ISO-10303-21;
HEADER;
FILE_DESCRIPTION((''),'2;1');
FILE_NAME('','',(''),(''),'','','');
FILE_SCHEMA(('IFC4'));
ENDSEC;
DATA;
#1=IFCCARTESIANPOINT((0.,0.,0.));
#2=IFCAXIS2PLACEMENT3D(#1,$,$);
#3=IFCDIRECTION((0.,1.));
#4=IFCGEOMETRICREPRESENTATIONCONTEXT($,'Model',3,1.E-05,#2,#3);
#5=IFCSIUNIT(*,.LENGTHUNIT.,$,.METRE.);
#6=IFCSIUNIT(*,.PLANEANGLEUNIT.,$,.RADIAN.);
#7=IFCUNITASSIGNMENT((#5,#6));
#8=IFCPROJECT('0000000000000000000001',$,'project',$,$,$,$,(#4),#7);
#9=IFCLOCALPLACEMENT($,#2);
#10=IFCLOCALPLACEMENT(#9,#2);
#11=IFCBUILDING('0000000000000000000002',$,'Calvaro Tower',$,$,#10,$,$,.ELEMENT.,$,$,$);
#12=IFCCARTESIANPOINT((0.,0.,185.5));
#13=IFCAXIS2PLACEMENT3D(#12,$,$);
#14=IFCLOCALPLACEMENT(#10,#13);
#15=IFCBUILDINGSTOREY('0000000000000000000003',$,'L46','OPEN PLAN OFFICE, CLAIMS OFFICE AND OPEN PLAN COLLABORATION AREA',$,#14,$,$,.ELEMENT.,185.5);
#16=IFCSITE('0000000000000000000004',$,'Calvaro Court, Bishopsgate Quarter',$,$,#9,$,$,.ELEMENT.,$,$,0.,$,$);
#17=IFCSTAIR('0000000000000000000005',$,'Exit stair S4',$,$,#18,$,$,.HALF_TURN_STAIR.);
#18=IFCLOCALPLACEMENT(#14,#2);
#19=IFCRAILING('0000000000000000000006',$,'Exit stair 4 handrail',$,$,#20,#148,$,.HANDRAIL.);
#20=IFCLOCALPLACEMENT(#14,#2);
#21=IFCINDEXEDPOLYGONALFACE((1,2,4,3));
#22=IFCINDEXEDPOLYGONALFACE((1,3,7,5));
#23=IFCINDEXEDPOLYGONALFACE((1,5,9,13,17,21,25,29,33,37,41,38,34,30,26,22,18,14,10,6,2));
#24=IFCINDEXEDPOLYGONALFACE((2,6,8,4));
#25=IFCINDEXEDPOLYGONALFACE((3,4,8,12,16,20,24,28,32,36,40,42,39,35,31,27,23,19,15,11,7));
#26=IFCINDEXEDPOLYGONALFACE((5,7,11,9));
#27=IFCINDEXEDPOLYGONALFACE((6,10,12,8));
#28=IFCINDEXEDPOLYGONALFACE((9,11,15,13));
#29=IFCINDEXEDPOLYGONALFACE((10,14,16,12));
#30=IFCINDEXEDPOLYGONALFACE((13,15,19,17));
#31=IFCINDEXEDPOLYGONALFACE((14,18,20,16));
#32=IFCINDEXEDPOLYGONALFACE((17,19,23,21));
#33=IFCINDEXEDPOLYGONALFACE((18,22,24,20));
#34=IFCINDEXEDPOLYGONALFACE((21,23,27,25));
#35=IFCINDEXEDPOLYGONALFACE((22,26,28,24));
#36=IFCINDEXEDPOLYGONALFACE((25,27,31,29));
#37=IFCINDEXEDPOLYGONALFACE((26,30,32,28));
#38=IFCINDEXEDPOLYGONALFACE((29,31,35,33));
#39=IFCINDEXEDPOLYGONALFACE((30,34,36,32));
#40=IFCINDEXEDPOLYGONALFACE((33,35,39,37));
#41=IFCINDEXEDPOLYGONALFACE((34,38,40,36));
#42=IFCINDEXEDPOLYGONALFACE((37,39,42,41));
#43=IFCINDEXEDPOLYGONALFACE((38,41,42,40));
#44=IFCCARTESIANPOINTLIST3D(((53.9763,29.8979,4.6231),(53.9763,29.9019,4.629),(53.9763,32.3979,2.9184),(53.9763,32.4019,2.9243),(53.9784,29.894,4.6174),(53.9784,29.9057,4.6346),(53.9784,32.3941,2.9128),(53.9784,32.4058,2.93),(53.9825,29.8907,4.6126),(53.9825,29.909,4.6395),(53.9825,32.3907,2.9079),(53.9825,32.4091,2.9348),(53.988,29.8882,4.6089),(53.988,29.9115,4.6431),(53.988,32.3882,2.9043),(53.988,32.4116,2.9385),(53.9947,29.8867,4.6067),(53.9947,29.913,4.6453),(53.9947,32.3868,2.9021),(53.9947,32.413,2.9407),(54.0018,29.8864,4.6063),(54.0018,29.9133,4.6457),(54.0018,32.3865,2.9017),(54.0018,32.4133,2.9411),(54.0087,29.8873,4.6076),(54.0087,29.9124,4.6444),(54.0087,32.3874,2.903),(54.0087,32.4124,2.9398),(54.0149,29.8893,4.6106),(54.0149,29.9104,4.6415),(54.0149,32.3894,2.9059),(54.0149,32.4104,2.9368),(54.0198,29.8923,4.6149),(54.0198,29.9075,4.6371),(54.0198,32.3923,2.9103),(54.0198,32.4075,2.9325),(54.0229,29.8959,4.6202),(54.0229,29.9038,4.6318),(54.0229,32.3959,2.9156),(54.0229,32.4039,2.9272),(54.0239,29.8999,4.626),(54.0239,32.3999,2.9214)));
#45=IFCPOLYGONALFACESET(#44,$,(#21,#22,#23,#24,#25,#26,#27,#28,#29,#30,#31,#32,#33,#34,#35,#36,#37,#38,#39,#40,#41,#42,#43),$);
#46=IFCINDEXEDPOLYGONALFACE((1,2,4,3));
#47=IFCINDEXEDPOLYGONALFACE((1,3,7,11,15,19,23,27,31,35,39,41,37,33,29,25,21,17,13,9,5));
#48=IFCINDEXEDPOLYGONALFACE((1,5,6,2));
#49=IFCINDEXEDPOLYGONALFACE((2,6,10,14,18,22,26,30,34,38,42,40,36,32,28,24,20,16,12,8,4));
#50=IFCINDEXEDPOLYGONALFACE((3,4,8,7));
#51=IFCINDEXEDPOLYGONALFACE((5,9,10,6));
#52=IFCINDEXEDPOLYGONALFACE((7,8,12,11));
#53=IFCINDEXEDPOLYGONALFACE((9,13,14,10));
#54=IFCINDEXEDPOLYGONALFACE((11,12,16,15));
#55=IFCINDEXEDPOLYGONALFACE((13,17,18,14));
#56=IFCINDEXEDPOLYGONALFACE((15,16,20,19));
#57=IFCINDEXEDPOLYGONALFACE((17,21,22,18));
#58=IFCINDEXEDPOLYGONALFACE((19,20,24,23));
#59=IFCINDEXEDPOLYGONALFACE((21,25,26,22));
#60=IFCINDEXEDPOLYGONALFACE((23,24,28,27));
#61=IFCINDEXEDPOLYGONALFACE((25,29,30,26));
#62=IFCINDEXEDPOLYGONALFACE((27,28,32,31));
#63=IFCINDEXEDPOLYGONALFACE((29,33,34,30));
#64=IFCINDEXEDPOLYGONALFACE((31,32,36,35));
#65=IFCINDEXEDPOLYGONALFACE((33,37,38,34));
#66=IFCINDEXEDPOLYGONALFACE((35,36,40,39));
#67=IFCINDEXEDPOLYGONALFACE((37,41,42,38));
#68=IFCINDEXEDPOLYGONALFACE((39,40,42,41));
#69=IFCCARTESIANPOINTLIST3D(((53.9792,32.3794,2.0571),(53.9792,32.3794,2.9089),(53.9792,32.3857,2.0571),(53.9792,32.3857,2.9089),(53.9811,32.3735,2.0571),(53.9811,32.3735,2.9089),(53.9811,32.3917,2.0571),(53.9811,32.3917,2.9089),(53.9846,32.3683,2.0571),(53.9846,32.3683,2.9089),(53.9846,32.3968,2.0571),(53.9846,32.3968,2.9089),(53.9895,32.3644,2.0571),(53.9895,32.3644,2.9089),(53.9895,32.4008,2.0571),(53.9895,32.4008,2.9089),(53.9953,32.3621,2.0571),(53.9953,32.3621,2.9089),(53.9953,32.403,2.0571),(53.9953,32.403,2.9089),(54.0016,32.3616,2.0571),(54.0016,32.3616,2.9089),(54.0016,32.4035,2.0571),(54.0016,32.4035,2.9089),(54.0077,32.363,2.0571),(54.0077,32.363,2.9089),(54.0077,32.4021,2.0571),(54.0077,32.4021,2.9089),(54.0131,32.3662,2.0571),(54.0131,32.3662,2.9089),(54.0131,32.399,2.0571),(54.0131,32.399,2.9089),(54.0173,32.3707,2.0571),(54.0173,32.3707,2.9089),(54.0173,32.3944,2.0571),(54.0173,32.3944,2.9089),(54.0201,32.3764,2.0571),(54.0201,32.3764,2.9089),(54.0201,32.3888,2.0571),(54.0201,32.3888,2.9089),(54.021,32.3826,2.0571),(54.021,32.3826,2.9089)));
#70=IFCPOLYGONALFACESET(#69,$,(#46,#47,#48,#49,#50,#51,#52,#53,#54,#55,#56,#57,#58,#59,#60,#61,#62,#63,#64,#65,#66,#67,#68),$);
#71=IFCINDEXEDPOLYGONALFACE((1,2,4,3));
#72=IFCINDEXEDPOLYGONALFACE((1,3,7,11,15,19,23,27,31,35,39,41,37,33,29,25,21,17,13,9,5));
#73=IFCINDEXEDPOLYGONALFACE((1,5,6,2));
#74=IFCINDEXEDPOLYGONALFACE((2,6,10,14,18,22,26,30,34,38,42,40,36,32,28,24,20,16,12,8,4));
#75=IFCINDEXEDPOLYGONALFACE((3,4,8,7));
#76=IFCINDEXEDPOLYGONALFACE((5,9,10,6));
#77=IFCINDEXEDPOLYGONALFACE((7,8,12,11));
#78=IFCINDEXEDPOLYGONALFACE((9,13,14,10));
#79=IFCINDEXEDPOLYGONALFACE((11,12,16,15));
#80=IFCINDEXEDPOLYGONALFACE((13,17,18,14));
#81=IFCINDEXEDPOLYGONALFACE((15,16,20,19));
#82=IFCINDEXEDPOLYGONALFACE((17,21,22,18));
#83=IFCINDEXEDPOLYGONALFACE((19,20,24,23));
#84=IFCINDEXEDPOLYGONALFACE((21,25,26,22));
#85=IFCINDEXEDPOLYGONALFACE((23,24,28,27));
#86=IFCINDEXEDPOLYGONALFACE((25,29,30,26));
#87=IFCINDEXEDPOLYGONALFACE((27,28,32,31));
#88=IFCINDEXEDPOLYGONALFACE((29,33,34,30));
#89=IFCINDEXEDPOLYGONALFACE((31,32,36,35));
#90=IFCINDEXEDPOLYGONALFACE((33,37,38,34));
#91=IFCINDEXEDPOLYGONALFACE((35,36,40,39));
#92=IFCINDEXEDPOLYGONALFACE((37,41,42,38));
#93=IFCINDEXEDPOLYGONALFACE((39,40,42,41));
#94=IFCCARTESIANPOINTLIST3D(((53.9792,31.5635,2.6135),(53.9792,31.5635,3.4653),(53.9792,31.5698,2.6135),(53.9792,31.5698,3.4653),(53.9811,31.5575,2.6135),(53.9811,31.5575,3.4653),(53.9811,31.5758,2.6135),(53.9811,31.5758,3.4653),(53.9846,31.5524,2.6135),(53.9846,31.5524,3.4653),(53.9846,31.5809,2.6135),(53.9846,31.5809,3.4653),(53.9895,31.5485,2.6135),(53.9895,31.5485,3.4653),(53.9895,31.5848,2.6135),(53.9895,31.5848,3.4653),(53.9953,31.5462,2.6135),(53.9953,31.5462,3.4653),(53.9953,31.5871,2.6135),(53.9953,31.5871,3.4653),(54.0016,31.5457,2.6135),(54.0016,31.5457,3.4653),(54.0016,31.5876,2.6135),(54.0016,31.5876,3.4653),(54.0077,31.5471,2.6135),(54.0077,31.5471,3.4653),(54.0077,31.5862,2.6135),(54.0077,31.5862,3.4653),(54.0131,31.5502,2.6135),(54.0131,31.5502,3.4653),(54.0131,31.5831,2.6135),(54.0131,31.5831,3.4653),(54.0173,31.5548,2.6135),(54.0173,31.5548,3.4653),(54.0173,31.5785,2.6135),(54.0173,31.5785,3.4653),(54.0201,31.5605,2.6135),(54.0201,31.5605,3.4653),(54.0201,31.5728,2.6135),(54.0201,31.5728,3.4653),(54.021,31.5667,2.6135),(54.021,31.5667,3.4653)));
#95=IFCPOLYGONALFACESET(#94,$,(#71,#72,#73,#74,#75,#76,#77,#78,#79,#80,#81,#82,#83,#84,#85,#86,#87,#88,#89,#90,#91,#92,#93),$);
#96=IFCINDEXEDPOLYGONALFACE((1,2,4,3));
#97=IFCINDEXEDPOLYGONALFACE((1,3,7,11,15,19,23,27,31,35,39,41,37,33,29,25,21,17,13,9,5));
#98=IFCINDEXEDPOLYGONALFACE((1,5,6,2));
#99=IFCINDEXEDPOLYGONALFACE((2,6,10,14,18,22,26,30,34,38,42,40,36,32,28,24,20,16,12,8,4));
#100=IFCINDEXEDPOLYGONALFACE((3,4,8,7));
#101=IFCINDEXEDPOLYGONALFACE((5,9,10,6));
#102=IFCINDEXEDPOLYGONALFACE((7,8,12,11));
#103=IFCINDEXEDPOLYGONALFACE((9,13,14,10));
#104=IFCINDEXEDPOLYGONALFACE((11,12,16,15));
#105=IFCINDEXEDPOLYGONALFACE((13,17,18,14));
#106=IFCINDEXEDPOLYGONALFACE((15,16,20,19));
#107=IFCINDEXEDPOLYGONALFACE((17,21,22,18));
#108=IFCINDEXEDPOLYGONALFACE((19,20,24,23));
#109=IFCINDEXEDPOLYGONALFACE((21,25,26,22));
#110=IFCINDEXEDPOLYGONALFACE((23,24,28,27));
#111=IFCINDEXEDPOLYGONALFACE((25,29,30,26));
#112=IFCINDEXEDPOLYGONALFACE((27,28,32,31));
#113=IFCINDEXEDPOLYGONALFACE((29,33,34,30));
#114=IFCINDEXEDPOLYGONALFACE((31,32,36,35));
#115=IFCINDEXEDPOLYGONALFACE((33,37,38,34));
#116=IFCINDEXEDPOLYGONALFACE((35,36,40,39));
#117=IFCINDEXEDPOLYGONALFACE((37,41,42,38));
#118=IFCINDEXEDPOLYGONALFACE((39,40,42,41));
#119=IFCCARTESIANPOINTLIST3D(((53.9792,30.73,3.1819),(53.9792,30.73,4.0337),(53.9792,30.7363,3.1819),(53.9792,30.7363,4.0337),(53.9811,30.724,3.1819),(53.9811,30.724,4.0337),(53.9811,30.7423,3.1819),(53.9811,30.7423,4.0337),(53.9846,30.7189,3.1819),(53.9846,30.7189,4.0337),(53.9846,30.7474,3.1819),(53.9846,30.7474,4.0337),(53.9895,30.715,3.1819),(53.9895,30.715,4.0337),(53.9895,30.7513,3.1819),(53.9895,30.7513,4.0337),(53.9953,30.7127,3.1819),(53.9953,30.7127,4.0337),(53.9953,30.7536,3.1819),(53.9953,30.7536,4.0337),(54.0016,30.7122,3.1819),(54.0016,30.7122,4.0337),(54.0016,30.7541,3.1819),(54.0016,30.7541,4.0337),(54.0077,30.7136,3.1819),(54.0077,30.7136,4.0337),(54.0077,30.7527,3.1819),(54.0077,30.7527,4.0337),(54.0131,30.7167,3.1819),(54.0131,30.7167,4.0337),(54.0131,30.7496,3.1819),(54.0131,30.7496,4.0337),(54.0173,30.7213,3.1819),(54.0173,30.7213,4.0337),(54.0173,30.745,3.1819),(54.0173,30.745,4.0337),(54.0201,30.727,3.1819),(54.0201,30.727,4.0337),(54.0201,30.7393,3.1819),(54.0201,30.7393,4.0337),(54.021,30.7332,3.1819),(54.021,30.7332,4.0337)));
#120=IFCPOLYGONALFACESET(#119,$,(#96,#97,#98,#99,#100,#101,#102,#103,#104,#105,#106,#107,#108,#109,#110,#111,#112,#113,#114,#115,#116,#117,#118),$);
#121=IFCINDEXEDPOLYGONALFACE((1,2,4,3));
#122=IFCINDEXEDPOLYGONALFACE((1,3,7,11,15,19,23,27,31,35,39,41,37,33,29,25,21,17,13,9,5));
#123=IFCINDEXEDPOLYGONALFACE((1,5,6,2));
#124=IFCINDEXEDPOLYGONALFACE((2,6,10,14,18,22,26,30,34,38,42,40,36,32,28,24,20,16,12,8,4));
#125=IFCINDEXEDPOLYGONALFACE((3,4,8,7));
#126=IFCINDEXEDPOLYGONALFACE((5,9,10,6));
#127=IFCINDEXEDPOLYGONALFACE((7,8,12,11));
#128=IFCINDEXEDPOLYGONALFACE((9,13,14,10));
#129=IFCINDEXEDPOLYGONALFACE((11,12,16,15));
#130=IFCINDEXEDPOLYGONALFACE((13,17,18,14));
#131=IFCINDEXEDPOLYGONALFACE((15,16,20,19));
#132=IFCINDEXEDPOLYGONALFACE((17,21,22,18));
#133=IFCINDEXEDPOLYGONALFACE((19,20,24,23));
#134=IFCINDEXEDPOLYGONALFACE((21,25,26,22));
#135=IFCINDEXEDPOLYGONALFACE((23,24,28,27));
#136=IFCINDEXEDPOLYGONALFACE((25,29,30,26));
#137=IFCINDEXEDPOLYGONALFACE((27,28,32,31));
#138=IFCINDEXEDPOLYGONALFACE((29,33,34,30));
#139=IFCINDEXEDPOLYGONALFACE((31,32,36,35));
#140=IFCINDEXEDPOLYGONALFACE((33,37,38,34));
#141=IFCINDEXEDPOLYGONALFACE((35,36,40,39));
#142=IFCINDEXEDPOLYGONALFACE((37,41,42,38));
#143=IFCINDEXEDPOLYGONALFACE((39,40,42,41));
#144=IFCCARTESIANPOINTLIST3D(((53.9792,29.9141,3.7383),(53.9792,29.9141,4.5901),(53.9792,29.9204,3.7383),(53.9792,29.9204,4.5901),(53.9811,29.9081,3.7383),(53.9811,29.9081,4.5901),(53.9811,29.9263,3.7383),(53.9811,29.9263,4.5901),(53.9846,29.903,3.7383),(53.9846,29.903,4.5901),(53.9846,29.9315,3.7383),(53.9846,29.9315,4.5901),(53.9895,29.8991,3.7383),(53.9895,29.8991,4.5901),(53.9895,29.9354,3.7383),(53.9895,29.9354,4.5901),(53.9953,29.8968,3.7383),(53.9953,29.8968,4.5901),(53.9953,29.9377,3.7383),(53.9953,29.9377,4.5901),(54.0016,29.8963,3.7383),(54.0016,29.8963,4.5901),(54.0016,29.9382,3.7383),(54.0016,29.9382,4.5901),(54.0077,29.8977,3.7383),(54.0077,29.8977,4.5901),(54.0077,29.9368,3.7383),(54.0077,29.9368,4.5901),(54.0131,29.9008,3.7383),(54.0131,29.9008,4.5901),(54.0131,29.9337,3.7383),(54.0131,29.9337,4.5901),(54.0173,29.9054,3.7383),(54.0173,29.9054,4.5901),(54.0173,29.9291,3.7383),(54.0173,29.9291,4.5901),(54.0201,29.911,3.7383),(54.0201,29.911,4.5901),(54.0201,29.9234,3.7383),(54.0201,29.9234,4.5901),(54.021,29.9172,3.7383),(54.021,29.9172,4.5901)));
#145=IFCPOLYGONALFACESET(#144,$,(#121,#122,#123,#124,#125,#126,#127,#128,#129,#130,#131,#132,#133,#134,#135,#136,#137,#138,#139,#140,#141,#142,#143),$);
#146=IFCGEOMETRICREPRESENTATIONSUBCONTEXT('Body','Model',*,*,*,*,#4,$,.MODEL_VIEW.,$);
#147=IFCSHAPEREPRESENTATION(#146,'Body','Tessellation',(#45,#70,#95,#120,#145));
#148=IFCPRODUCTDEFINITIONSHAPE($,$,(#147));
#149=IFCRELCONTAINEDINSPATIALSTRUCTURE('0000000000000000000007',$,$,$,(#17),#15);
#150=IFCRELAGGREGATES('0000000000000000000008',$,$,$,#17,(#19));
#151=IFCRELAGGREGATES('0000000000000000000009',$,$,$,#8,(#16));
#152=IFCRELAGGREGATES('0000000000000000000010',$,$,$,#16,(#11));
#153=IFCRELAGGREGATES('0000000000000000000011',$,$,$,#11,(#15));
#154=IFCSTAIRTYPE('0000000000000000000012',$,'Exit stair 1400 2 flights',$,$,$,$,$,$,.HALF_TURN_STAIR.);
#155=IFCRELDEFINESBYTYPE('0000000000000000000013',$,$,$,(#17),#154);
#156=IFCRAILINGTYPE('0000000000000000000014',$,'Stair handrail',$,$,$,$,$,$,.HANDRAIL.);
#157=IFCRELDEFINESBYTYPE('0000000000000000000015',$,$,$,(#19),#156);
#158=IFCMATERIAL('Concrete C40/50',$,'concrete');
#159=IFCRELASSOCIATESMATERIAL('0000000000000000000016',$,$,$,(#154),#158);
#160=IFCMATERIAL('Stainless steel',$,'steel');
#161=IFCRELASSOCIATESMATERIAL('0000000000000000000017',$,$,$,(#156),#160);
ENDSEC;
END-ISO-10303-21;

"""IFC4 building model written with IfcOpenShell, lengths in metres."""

from ifc_helpers import new_model, si_unit, direction, frame, origin, origin_2d, place, context, subcontext, project, spatial, circle, extrude, material, type_object, element, aggregate, save


model = new_model("IFC4")

# Units and contexts
model_context = context("Model", 3, precision=1e-05, world=origin(), true_north=direction((0.0, 1.0)))
body_context = subcontext(model_context, "Body", "Model", "MODEL_VIEW")
ifc_project = project(units=[si_unit("LENGTHUNIT", "METRE"), si_unit("PLANEANGLEUNIT", "RADIAN")], contexts=[model_context])

# Site, building, storey
site_placement = place(None, origin())
site = spatial("IfcSite", under=ifc_project, at=site_placement, Name="Calvaro Court, Bishopsgate Quarter", CompositionType="ELEMENT", RefElevation=0.0)
building_placement = place(site_placement, origin())
building = spatial("IfcBuilding", under=site, at=building_placement, Name="Calvaro Tower", CompositionType="ELEMENT")
storey_placement = place(building_placement, frame((0.0, 0.0, 185.5)))
storey = spatial("IfcBuildingStorey", under=building, at=storey_placement, Name="L46", Description="OPEN PLAN OFFICE, CLAIMS OFFICE AND OPEN PLAN COLLABORATION AREA", CompositionType="ELEMENT", Elevation=185.5)

# Stair
ifc_material_1 = material(Name="Concrete C40/50", Category="concrete")
stair_type = type_object("IfcStairType", Name="Exit stair 1400 2 flights", PredefinedType="HALF_TURN_STAIR", material=ifc_material_1)
stair_1_placement = place(storey_placement, origin())
stair_1 = element("IfcStair", 1, at=stair_1_placement, inside=storey, type_object=stair_type, Name="Exit stair S4", PredefinedType="HALF_TURN_STAIR")

# Railing
ifc_material_2 = material(Name="Stainless steel", Category="steel")
railing_type = type_object("IfcRailingType", Name="Stair handrail", PredefinedType="HANDRAIL", material=ifc_material_2)
railing_1_placement = place(storey_placement, frame((54.0, 32.3999, 2.0454)))
railing_1 = element("IfcRailing", 2, at=railing_1_placement, type_object=railing_type, Name="Exit stair 4 handrail", PredefinedType="HANDRAIL", context=body_context, shape_type="SweptSolid", body=[
    extrude(circle(Radius=0.0239, at=origin_2d()), frame((0.0, 0.0, 0.876), z_axis=(0.0, -0.826221, 0.563347), x_axis=(1.0, 0.0, 0.0)), (0.0, 0.0, 1.0), 3.0259),
    extrude(circle(Radius=0.021, at=origin_2d()), frame((0.0, -0.0173, 0.0117)), (0.0, 0.0, 1.0), 0.8518),
    extrude(circle(Radius=0.021, at=origin_2d()), frame((0.0, -0.8333, 0.5681)), (0.0, 0.0, 1.0), 0.8518),
    extrude(circle(Radius=0.021, at=origin_2d()), frame((0.0, -1.6667, 1.1365)), (0.0, 0.0, 1.0), 0.8518),
    extrude(circle(Radius=0.021, at=origin_2d()), frame((0.0, -2.4827, 1.6929)), (0.0, 0.0, 1.0), 0.8518),
])
aggregate(stair_1, [railing_1])

save(model, "model.ifc")
